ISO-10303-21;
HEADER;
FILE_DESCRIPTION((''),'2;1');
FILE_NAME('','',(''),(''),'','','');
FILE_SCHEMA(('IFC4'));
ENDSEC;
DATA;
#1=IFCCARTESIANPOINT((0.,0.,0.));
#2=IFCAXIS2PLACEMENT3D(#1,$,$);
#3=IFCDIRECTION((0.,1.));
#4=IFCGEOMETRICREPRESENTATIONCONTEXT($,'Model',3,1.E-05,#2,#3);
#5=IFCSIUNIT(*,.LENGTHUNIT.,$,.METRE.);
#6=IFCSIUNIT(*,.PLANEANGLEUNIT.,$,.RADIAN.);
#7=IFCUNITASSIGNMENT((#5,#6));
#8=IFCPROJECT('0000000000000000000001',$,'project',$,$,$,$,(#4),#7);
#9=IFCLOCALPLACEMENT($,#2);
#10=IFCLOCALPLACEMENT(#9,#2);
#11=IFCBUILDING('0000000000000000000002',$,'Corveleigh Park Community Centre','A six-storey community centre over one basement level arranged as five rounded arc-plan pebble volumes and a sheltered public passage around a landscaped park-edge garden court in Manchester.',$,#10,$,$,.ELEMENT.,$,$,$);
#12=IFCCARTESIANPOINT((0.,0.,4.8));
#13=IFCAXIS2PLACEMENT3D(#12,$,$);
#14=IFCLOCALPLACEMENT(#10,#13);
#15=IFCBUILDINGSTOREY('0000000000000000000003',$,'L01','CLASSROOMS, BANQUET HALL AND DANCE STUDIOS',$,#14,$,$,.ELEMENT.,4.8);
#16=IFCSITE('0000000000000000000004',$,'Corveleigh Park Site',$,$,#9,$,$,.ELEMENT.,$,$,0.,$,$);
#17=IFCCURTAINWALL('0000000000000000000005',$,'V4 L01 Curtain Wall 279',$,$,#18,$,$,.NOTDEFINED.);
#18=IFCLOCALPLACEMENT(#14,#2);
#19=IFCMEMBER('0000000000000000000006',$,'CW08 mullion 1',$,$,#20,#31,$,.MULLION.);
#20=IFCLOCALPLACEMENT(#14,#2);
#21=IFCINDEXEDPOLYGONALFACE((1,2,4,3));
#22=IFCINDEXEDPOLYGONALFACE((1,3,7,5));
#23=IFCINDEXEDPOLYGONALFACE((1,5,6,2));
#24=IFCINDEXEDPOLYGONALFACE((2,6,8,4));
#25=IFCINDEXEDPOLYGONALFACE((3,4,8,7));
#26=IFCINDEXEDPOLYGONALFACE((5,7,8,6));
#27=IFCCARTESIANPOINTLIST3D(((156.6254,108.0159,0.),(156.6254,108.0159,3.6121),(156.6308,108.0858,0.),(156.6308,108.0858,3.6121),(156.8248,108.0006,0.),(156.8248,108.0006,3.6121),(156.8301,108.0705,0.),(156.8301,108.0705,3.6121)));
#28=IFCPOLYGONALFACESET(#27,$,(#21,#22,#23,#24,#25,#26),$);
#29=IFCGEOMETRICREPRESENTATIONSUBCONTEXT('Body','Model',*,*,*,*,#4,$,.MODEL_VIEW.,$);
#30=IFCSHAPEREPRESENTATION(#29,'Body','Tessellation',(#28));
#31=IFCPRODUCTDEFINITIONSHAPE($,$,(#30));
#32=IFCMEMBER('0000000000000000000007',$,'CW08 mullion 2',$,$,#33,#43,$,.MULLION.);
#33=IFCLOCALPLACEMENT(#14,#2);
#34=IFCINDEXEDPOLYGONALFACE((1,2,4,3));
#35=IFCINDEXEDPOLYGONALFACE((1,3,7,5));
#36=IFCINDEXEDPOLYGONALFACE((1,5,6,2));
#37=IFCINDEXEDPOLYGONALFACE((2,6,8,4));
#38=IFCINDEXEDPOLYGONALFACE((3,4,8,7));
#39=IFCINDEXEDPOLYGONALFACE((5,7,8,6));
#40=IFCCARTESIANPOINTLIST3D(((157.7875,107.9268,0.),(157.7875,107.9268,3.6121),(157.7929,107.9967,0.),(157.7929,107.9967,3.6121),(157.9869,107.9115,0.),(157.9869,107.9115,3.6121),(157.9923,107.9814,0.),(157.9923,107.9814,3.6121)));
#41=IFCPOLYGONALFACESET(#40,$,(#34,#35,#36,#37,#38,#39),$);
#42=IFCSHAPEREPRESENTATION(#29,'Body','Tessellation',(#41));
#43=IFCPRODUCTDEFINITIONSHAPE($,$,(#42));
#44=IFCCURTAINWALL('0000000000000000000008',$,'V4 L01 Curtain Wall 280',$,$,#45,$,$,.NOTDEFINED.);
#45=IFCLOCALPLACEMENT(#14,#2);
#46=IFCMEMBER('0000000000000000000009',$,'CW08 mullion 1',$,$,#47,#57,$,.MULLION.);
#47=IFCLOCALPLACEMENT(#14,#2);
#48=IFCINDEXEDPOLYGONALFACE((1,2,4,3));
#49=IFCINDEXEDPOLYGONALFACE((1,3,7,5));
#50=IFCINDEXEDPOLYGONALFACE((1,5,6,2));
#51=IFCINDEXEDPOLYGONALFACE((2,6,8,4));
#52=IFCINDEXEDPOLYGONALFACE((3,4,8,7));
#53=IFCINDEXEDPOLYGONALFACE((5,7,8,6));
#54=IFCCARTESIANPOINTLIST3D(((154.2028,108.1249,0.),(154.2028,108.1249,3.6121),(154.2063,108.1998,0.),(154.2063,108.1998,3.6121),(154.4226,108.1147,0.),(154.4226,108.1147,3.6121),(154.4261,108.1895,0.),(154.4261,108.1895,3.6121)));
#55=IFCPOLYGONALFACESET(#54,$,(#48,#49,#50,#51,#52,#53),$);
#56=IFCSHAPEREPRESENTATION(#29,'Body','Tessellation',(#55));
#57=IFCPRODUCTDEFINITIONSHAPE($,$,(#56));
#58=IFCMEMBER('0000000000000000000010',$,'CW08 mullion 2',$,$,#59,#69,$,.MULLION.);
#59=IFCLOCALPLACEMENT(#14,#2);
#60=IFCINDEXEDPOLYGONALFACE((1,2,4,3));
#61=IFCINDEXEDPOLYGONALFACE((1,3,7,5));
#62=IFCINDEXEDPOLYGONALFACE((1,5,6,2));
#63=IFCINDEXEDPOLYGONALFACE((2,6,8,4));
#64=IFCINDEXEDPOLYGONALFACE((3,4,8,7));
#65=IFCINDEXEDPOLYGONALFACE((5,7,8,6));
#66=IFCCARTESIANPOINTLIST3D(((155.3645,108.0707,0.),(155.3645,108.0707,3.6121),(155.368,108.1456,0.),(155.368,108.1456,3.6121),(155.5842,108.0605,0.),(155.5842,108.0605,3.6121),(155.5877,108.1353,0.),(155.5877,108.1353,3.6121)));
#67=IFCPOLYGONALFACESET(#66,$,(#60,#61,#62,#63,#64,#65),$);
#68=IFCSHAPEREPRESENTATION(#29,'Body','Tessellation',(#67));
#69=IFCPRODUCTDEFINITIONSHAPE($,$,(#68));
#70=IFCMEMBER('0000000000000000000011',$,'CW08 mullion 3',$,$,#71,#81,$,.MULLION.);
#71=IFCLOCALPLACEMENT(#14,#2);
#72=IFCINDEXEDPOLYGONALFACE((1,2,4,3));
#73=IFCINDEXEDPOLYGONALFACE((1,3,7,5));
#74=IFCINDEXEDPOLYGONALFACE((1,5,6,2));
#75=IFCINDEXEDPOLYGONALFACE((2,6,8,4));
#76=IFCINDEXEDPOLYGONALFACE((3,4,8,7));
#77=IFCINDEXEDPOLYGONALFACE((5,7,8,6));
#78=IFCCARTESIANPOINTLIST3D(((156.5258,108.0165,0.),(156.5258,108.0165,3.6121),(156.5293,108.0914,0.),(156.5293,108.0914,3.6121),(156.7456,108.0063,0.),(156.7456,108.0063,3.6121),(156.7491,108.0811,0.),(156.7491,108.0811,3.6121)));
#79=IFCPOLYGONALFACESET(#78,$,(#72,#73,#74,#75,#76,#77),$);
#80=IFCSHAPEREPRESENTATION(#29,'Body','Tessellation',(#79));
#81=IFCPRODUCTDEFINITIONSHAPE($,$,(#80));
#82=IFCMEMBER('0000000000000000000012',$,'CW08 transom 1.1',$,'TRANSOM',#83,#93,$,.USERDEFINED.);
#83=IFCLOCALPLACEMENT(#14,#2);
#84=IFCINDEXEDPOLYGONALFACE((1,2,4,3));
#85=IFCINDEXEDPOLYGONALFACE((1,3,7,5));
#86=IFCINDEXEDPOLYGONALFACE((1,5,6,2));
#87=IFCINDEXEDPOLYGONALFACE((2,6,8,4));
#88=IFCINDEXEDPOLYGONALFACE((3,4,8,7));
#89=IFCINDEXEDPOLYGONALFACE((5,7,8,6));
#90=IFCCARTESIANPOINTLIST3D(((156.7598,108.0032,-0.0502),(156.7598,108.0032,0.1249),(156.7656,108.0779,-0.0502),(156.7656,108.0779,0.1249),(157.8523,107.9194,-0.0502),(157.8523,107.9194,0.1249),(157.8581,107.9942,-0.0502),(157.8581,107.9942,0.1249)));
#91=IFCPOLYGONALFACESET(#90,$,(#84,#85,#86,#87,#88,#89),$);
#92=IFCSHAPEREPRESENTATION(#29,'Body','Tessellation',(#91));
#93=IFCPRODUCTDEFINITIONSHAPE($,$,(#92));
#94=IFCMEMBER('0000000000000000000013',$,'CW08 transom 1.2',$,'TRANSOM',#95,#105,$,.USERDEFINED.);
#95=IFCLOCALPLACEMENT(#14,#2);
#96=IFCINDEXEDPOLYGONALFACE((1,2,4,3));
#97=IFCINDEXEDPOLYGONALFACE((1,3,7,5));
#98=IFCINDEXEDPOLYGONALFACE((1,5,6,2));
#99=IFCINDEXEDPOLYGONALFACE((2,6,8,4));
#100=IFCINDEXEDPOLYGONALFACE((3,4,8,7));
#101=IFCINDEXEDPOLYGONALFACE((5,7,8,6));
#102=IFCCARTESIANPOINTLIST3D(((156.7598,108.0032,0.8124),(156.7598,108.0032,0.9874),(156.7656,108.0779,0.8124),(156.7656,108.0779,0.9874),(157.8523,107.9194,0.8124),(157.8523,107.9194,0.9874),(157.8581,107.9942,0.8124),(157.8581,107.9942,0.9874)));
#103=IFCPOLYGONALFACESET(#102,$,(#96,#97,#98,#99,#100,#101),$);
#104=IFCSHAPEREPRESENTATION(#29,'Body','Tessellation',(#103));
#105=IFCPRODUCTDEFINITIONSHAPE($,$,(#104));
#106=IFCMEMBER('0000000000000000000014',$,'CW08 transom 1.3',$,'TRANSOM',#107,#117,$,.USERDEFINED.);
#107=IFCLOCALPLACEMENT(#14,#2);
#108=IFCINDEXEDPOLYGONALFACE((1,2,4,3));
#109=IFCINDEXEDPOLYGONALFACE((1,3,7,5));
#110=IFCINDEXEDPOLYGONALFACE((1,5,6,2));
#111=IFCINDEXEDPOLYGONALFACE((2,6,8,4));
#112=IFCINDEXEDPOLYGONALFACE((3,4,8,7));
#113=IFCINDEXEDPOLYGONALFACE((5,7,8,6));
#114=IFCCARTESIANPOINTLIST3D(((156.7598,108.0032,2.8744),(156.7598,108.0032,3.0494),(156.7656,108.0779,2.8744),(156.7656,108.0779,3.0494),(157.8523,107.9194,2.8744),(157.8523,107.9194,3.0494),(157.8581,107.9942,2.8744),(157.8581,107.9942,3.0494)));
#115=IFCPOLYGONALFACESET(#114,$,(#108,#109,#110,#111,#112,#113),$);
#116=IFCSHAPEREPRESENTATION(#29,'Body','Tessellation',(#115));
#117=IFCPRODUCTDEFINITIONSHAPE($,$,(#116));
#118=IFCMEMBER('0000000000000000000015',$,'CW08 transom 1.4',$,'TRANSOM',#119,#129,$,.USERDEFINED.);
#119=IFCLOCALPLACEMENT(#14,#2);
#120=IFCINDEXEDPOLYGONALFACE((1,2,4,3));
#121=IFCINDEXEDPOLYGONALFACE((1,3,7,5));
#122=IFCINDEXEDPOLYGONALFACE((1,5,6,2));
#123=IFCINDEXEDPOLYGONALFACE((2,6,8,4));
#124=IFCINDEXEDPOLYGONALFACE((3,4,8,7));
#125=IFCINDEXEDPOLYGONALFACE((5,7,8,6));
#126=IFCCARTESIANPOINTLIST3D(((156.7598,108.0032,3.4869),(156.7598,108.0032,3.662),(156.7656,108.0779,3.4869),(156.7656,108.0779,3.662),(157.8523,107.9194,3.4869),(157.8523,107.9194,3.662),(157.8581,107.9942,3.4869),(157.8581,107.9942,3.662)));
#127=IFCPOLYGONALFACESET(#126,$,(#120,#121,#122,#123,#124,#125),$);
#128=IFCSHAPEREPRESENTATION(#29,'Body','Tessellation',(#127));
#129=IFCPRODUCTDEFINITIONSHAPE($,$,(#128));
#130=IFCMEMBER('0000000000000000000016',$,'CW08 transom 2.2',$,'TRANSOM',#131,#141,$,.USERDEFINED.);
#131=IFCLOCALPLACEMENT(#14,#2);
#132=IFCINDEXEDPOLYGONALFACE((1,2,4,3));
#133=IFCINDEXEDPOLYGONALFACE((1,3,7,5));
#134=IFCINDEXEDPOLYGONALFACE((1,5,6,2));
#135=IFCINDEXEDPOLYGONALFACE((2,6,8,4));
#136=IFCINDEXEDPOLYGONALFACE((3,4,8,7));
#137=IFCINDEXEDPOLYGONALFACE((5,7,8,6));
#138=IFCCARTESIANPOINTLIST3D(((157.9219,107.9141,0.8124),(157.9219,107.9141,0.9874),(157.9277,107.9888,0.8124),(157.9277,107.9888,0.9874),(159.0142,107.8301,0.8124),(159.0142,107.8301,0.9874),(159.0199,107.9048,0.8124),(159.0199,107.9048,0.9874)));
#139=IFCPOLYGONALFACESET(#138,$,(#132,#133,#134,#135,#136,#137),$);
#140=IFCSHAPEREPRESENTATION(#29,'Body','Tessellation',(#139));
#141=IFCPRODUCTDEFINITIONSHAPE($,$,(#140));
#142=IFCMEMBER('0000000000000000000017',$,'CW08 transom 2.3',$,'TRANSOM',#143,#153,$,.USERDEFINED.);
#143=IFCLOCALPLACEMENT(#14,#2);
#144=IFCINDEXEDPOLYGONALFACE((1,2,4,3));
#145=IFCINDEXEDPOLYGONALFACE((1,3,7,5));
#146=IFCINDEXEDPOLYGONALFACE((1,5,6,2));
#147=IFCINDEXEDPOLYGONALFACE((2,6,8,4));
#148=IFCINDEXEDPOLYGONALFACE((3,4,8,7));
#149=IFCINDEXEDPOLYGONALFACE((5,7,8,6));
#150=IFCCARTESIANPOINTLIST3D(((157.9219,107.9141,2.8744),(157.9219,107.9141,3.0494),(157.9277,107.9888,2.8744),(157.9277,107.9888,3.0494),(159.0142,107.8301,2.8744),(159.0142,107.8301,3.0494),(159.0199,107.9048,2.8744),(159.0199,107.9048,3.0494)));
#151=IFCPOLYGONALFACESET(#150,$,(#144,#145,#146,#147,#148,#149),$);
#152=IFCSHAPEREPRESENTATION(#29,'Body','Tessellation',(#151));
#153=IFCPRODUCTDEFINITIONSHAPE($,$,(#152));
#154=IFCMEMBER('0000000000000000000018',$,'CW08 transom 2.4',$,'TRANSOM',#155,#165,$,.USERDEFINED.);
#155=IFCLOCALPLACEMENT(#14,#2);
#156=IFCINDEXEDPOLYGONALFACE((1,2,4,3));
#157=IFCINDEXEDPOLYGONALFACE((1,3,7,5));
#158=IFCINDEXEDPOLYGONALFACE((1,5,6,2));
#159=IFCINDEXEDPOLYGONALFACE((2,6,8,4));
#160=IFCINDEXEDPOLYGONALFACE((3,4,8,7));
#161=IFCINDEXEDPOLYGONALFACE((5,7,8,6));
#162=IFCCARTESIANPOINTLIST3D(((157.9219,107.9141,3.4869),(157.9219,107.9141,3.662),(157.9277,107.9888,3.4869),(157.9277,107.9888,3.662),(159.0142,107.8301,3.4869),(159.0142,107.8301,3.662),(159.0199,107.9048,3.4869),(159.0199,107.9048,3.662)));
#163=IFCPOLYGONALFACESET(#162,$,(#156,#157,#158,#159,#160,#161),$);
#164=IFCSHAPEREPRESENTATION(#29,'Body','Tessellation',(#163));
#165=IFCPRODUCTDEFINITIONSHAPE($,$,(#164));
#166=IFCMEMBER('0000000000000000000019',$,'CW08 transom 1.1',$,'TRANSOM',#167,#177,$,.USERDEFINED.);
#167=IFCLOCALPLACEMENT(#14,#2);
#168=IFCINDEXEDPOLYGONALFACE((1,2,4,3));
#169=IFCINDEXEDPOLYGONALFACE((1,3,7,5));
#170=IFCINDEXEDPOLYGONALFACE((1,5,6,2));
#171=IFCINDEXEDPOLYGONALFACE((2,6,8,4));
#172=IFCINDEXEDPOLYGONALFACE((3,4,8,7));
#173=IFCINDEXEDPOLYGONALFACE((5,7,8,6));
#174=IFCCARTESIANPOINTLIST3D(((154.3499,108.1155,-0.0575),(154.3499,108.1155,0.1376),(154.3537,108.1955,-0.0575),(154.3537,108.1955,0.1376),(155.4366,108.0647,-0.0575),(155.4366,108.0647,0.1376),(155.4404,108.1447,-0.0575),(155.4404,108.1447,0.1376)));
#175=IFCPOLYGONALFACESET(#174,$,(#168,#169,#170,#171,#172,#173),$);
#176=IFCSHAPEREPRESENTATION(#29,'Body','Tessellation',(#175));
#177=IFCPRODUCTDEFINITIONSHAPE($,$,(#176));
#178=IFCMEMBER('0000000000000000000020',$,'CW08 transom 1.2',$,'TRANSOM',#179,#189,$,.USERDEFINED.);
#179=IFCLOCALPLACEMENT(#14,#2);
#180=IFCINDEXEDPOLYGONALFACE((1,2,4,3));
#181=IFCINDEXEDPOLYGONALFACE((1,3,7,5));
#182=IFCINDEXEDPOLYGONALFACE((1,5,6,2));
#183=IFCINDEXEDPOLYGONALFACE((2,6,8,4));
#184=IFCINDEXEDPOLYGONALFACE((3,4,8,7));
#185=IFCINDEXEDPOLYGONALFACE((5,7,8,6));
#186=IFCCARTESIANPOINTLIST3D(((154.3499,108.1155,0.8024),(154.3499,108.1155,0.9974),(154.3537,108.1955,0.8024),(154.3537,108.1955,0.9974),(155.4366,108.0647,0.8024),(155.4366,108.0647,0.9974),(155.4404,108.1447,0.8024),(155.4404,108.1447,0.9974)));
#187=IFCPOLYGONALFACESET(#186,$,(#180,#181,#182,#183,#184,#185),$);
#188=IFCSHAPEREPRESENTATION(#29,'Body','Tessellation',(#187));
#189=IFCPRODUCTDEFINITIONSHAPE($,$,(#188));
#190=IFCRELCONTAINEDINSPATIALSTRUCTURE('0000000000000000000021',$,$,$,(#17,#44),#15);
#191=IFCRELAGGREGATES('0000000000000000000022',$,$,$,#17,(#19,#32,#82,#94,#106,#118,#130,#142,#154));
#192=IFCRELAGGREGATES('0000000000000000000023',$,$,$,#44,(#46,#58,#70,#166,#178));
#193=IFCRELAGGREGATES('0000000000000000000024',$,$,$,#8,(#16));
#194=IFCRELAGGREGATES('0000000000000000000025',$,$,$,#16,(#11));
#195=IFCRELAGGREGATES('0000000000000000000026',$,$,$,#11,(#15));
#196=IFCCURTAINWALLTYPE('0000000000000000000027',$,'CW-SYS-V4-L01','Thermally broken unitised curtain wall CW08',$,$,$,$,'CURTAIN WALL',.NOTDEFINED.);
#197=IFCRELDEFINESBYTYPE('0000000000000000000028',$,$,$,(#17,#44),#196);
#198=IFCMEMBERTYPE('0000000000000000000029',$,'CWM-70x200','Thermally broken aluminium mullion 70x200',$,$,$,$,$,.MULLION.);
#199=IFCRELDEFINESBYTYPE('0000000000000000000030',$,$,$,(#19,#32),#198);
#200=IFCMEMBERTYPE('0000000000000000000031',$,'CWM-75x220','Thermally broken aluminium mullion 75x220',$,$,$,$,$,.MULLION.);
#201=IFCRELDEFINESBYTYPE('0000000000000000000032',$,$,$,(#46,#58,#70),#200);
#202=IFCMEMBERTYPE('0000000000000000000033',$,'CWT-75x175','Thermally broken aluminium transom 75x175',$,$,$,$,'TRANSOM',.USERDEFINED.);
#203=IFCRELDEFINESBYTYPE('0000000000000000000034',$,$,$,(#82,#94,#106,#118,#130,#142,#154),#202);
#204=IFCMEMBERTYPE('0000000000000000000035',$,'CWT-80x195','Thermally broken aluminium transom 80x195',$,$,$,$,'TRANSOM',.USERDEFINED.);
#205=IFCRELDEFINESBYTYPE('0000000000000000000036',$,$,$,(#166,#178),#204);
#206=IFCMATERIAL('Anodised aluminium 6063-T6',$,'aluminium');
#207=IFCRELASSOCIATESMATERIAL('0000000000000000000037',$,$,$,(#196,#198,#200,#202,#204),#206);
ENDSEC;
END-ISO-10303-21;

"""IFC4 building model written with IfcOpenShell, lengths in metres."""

from ifc_helpers import new_model, si_unit, direction, frame, origin, origin_2d, place, context, subcontext, project, spatial, rectangle, extrude, material, material_profile, profile_set, type_object, element, aggregate, save


model = new_model("IFC4")

# Units and contexts
model_context = context("Model", 3, precision=1e-05, world=origin(), true_north=direction((0.0, 1.0)))
body_context = subcontext(model_context, "Body", "Model", "MODEL_VIEW")
ifc_project = project(units=[si_unit("LENGTHUNIT", "METRE"), si_unit("PLANEANGLEUNIT", "RADIAN")], contexts=[model_context])

# Site, building, storey
site_placement = place(None, origin())
site = spatial("IfcSite", under=ifc_project, at=site_placement, Name="Corveleigh Park Site", CompositionType="ELEMENT", RefElevation=0.0)
building_placement = place(site_placement, origin())
building = spatial("IfcBuilding", under=site, at=building_placement, Name="Corveleigh Park Community Centre", Description="A six-storey community centre over one basement level arranged as five rounded arc-plan pebble volumes and a sheltered public passage around a landscaped park-edge garden court in Manchester.", CompositionType="ELEMENT")
storey_placement = place(building_placement, frame((0.0, 0.0, 4.8)))
storey = spatial("IfcBuildingStorey", under=building, at=storey_placement, Name="L01", Description="CLASSROOMS, BANQUET HALL AND DANCE STUDIOS", CompositionType="ELEMENT", Elevation=4.8)

# Curtain walls, members
ifc_material_1 = material(Name="Anodised aluminium 6063-T6", Category="aluminium")
curtain_wall_type = type_object("IfcCurtainWallType", Name="CW-SYS-V4-L01", Description="Thermally broken unitised curtain wall CW08", ElementType="CURTAIN WALL", PredefinedType="NOTDEFINED", material=ifc_material_1)
curtain_wall_1_placement = place(storey_placement, origin())
curtain_wall_1 = element("IfcCurtainWall", 1, at=curtain_wall_1_placement, inside=storey, type_object=curtain_wall_type, Name="V4 L01 Curtain Wall 279", PredefinedType="NOTDEFINED")
ifc_material_profile_1 = material_profile(ifc_material_1, rectangle(XDim=0.0701, YDim=0.2, at=origin_2d()), Name="ALU-M70x200", Category="aluminium")
ifc_profile_set_1 = profile_set([ifc_material_profile_1], Name="Anodised aluminium 6063-T6")
member_type_1 = type_object("IfcMemberType", Name="CWM-70x200", Description="Thermally broken aluminium mullion 70x200", PredefinedType="MULLION", material=ifc_profile_set_1)
member_1_placement = place(storey_placement, frame((156.7278, 108.0432, 0.0), z_axis=(0.0, 0.0, 1.0), x_axis=(0.076633, 0.997059, 0.0)))
member_1 = element("IfcMember", 2, at=member_1_placement, type_object=member_type_1, Name="CW08 mullion 1", PredefinedType="MULLION", context=body_context, shape_type="SweptSolid", body=[
    extrude(rectangle(XDim=0.0701, YDim=0.2, at=origin_2d()), origin(), (0.0, 0.0, 1.0), 3.6121),
])
member_2_placement = place(storey_placement, frame((157.8899, 107.9541, 0.0), z_axis=(0.0, 0.0, 1.0), x_axis=(0.076633, 0.997059, 0.0)))
member_2 = element("IfcMember", 3, at=member_2_placement, type_object=member_type_1, Name="CW08 mullion 2", PredefinedType="MULLION", context=body_context, shape_type="SweptSolid", body=[
    extrude(rectangle(XDim=0.0701, YDim=0.2, at=origin_2d()), origin(), (0.0, 0.0, 1.0), 3.6121),
])
curtain_wall_2_placement = place(storey_placement, origin())
curtain_wall_2 = element("IfcCurtainWall", 4, at=curtain_wall_2_placement, inside=storey, type_object=curtain_wall_type, Name="V4 L01 Curtain Wall 280", PredefinedType="NOTDEFINED")
ifc_material_profile_2 = material_profile(ifc_material_1, rectangle(XDim=0.075, YDim=0.22, at=origin_2d()), Name="ALU-M75x220", Category="aluminium")
ifc_profile_set_2 = profile_set([ifc_material_profile_2], Name="Anodised aluminium 6063-T6")
member_type_2 = type_object("IfcMemberType", Name="CWM-75x220", Description="Thermally broken aluminium mullion 75x220", PredefinedType="MULLION", material=ifc_profile_set_2)
member_3_placement = place(storey_placement, frame((154.3145, 108.1572, 0.0), z_axis=(0.0, 0.0, 1.0), x_axis=(0.046655, 0.998911, 0.0)))
member_3 = element("IfcMember", 5, at=member_3_placement, type_object=member_type_2, Name="CW08 mullion 1", PredefinedType="MULLION", context=body_context, shape_type="SweptSolid", body=[
    extrude(rectangle(XDim=0.075, YDim=0.22, at=origin_2d()), origin(), (0.0, 0.0, 1.0), 3.6121),
])
member_4_placement = place(storey_placement, frame((155.4761, 108.103, 0.0), z_axis=(0.0, 0.0, 1.0), x_axis=(0.046655, 0.998911, 0.0)))
member_4 = element("IfcMember", 6, at=member_4_placement, type_object=member_type_2, Name="CW08 mullion 2", PredefinedType="MULLION", context=body_context, shape_type="SweptSolid", body=[
    extrude(rectangle(XDim=0.075, YDim=0.22, at=origin_2d()), origin(), (0.0, 0.0, 1.0), 3.6121),
])
member_5_placement = place(storey_placement, frame((156.6375, 108.0488, 0.0), z_axis=(0.0, 0.0, 1.0), x_axis=(0.046655, 0.998911, 0.0)))
member_5 = element("IfcMember", 7, at=member_5_placement, type_object=member_type_2, Name="CW08 mullion 3", PredefinedType="MULLION", context=body_context, shape_type="SweptSolid", body=[
    extrude(rectangle(XDim=0.075, YDim=0.22, at=origin_2d()), origin(), (0.0, 0.0, 1.0), 3.6121),
])

# Members
ifc_material_profile_3 = material_profile(ifc_material_1, rectangle(XDim=0.075, YDim=0.175, at=origin_2d()), Name="ALU-T75x175", Category="aluminium")
ifc_profile_set_3 = profile_set([ifc_material_profile_3], Name="Anodised aluminium 6063-T6")
member_type_3 = type_object("IfcMemberType", Name="CWT-75x175", Description="Thermally broken aluminium transom 75x175", ElementType="TRANSOM", PredefinedType="USERDEFINED", material=ifc_profile_set_3)
member_6_placement = place(storey_placement, frame((156.7627, 108.0405, 0.0374), z_axis=(0.997075, -0.076424, 0.0), x_axis=(0.076424, 0.997075, 0.0)))
member_6 = element("IfcMember", 8, at=member_6_placement, type_object=member_type_3, Name="CW08 transom 1.1", ObjectType="TRANSOM", PredefinedType="USERDEFINED", context=body_context, shape_type="SweptSolid", body=[
    extrude(rectangle(XDim=0.075, YDim=0.175, at=origin_2d()), origin(), (0.0, 0.0, 1.0), 1.0957),
])
member_7_placement = place(storey_placement, frame((156.7627, 108.0405, 0.8999), z_axis=(0.997075, -0.076424, 0.0), x_axis=(0.076424, 0.997075, 0.0)))
member_7 = element("IfcMember", 9, at=member_7_placement, type_object=member_type_3, Name="CW08 transom 1.2", ObjectType="TRANSOM", PredefinedType="USERDEFINED", context=body_context, shape_type="SweptSolid", body=[
    extrude(rectangle(XDim=0.075, YDim=0.175, at=origin_2d()), origin(), (0.0, 0.0, 1.0), 1.0957),
])
member_8_placement = place(storey_placement, frame((156.7627, 108.0405, 2.9619), z_axis=(0.997075, -0.076424, 0.0), x_axis=(0.076424, 0.997075, 0.0)))
member_8 = element("IfcMember", 10, at=member_8_placement, type_object=member_type_3, Name="CW08 transom 1.3", ObjectType="TRANSOM", PredefinedType="USERDEFINED", context=body_context, shape_type="SweptSolid", body=[
    extrude(rectangle(XDim=0.075, YDim=0.175, at=origin_2d()), origin(), (0.0, 0.0, 1.0), 1.0957),
])
member_9_placement = place(storey_placement, frame((156.7627, 108.0405, 3.5745), z_axis=(0.997075, -0.076424, 0.0), x_axis=(0.076424, 0.997075, 0.0)))
member_9 = element("IfcMember", 11, at=member_9_placement, type_object=member_type_3, Name="CW08 transom 1.4", ObjectType="TRANSOM", PredefinedType="USERDEFINED", context=body_context, shape_type="SweptSolid", body=[
    extrude(rectangle(XDim=0.075, YDim=0.175, at=origin_2d()), origin(), (0.0, 0.0, 1.0), 1.0957),
])
member_10_placement = place(storey_placement, frame((157.9248, 107.9514, 0.8999), z_axis=(0.997057, -0.076662, 0.0), x_axis=(0.076662, 0.997057, 0.0)))
member_10 = element("IfcMember", 12, at=member_10_placement, type_object=member_type_3, Name="CW08 transom 2.2", ObjectType="TRANSOM", PredefinedType="USERDEFINED", context=body_context, shape_type="SweptSolid", body=[
    extrude(rectangle(XDim=0.075, YDim=0.175, at=origin_2d()), origin(), (0.0, 0.0, 1.0), 1.0955),
])
member_11_placement = place(storey_placement, frame((157.9248, 107.9514, 2.9619), z_axis=(0.997057, -0.076662, 0.0), x_axis=(0.076662, 0.997057, 0.0)))
member_11 = element("IfcMember", 13, at=member_11_placement, type_object=member_type_3, Name="CW08 transom 2.3", ObjectType="TRANSOM", PredefinedType="USERDEFINED", context=body_context, shape_type="SweptSolid", body=[
    extrude(rectangle(XDim=0.075, YDim=0.175, at=origin_2d()), origin(), (0.0, 0.0, 1.0), 1.0955),
])
member_12_placement = place(storey_placement, frame((157.9248, 107.9514, 3.5745), z_axis=(0.997057, -0.076662, 0.0), x_axis=(0.076662, 0.997057, 0.0)))
member_12 = element("IfcMember", 14, at=member_12_placement, type_object=member_type_3, Name="CW08 transom 2.4", ObjectType="TRANSOM", PredefinedType="USERDEFINED", context=body_context, shape_type="SweptSolid", body=[
    extrude(rectangle(XDim=0.075, YDim=0.175, at=origin_2d()), origin(), (0.0, 0.0, 1.0), 1.0955),
])
ifc_material_profile_4 = material_profile(ifc_material_1, rectangle(XDim=0.0801, YDim=0.1951, at=origin_2d()), Name="ALU-T80x195", Category="aluminium")
ifc_profile_set_4 = profile_set([ifc_material_profile_4], Name="Anodised aluminium 6063-T6")
member_type_4 = type_object("IfcMemberType", Name="CWT-80x195", Description="Thermally broken aluminium transom 80x195", ElementType="TRANSOM", PredefinedType="USERDEFINED", material=ifc_profile_set_4)
member_13_placement = place(storey_placement, frame((154.3518, 108.1555, 0.04), z_axis=(0.99891, -0.04668, 0.0), x_axis=(0.04668, 0.99891, 0.0)))
member_13 = element("IfcMember", 15, at=member_13_placement, type_object=member_type_4, Name="CW08 transom 1.1", ObjectType="TRANSOM", PredefinedType="USERDEFINED", context=body_context, shape_type="SweptSolid", body=[
    extrude(rectangle(XDim=0.0801, YDim=0.1951, at=origin_2d()), origin(), (0.0, 0.0, 1.0), 1.0879),
])
member_14_placement = place(storey_placement, frame((154.3518, 108.1555, 0.8999), z_axis=(0.99891, -0.04668, 0.0), x_axis=(0.04668, 0.99891, 0.0)))
member_14 = element("IfcMember", 16, at=member_14_placement, type_object=member_type_4, Name="CW08 transom 1.2", ObjectType="TRANSOM", PredefinedType="USERDEFINED", context=body_context, shape_type="SweptSolid", body=[
    extrude(rectangle(XDim=0.0801, YDim=0.1951, at=origin_2d()), origin(), (0.0, 0.0, 1.0), 1.0879),
])

aggregate(curtain_wall_1, [member_1, member_2, member_6, member_7, member_8, member_9, member_10, member_11, member_12])
aggregate(curtain_wall_2, [member_3, member_4, member_5, member_13, member_14])

save(model, "model.ifc")
